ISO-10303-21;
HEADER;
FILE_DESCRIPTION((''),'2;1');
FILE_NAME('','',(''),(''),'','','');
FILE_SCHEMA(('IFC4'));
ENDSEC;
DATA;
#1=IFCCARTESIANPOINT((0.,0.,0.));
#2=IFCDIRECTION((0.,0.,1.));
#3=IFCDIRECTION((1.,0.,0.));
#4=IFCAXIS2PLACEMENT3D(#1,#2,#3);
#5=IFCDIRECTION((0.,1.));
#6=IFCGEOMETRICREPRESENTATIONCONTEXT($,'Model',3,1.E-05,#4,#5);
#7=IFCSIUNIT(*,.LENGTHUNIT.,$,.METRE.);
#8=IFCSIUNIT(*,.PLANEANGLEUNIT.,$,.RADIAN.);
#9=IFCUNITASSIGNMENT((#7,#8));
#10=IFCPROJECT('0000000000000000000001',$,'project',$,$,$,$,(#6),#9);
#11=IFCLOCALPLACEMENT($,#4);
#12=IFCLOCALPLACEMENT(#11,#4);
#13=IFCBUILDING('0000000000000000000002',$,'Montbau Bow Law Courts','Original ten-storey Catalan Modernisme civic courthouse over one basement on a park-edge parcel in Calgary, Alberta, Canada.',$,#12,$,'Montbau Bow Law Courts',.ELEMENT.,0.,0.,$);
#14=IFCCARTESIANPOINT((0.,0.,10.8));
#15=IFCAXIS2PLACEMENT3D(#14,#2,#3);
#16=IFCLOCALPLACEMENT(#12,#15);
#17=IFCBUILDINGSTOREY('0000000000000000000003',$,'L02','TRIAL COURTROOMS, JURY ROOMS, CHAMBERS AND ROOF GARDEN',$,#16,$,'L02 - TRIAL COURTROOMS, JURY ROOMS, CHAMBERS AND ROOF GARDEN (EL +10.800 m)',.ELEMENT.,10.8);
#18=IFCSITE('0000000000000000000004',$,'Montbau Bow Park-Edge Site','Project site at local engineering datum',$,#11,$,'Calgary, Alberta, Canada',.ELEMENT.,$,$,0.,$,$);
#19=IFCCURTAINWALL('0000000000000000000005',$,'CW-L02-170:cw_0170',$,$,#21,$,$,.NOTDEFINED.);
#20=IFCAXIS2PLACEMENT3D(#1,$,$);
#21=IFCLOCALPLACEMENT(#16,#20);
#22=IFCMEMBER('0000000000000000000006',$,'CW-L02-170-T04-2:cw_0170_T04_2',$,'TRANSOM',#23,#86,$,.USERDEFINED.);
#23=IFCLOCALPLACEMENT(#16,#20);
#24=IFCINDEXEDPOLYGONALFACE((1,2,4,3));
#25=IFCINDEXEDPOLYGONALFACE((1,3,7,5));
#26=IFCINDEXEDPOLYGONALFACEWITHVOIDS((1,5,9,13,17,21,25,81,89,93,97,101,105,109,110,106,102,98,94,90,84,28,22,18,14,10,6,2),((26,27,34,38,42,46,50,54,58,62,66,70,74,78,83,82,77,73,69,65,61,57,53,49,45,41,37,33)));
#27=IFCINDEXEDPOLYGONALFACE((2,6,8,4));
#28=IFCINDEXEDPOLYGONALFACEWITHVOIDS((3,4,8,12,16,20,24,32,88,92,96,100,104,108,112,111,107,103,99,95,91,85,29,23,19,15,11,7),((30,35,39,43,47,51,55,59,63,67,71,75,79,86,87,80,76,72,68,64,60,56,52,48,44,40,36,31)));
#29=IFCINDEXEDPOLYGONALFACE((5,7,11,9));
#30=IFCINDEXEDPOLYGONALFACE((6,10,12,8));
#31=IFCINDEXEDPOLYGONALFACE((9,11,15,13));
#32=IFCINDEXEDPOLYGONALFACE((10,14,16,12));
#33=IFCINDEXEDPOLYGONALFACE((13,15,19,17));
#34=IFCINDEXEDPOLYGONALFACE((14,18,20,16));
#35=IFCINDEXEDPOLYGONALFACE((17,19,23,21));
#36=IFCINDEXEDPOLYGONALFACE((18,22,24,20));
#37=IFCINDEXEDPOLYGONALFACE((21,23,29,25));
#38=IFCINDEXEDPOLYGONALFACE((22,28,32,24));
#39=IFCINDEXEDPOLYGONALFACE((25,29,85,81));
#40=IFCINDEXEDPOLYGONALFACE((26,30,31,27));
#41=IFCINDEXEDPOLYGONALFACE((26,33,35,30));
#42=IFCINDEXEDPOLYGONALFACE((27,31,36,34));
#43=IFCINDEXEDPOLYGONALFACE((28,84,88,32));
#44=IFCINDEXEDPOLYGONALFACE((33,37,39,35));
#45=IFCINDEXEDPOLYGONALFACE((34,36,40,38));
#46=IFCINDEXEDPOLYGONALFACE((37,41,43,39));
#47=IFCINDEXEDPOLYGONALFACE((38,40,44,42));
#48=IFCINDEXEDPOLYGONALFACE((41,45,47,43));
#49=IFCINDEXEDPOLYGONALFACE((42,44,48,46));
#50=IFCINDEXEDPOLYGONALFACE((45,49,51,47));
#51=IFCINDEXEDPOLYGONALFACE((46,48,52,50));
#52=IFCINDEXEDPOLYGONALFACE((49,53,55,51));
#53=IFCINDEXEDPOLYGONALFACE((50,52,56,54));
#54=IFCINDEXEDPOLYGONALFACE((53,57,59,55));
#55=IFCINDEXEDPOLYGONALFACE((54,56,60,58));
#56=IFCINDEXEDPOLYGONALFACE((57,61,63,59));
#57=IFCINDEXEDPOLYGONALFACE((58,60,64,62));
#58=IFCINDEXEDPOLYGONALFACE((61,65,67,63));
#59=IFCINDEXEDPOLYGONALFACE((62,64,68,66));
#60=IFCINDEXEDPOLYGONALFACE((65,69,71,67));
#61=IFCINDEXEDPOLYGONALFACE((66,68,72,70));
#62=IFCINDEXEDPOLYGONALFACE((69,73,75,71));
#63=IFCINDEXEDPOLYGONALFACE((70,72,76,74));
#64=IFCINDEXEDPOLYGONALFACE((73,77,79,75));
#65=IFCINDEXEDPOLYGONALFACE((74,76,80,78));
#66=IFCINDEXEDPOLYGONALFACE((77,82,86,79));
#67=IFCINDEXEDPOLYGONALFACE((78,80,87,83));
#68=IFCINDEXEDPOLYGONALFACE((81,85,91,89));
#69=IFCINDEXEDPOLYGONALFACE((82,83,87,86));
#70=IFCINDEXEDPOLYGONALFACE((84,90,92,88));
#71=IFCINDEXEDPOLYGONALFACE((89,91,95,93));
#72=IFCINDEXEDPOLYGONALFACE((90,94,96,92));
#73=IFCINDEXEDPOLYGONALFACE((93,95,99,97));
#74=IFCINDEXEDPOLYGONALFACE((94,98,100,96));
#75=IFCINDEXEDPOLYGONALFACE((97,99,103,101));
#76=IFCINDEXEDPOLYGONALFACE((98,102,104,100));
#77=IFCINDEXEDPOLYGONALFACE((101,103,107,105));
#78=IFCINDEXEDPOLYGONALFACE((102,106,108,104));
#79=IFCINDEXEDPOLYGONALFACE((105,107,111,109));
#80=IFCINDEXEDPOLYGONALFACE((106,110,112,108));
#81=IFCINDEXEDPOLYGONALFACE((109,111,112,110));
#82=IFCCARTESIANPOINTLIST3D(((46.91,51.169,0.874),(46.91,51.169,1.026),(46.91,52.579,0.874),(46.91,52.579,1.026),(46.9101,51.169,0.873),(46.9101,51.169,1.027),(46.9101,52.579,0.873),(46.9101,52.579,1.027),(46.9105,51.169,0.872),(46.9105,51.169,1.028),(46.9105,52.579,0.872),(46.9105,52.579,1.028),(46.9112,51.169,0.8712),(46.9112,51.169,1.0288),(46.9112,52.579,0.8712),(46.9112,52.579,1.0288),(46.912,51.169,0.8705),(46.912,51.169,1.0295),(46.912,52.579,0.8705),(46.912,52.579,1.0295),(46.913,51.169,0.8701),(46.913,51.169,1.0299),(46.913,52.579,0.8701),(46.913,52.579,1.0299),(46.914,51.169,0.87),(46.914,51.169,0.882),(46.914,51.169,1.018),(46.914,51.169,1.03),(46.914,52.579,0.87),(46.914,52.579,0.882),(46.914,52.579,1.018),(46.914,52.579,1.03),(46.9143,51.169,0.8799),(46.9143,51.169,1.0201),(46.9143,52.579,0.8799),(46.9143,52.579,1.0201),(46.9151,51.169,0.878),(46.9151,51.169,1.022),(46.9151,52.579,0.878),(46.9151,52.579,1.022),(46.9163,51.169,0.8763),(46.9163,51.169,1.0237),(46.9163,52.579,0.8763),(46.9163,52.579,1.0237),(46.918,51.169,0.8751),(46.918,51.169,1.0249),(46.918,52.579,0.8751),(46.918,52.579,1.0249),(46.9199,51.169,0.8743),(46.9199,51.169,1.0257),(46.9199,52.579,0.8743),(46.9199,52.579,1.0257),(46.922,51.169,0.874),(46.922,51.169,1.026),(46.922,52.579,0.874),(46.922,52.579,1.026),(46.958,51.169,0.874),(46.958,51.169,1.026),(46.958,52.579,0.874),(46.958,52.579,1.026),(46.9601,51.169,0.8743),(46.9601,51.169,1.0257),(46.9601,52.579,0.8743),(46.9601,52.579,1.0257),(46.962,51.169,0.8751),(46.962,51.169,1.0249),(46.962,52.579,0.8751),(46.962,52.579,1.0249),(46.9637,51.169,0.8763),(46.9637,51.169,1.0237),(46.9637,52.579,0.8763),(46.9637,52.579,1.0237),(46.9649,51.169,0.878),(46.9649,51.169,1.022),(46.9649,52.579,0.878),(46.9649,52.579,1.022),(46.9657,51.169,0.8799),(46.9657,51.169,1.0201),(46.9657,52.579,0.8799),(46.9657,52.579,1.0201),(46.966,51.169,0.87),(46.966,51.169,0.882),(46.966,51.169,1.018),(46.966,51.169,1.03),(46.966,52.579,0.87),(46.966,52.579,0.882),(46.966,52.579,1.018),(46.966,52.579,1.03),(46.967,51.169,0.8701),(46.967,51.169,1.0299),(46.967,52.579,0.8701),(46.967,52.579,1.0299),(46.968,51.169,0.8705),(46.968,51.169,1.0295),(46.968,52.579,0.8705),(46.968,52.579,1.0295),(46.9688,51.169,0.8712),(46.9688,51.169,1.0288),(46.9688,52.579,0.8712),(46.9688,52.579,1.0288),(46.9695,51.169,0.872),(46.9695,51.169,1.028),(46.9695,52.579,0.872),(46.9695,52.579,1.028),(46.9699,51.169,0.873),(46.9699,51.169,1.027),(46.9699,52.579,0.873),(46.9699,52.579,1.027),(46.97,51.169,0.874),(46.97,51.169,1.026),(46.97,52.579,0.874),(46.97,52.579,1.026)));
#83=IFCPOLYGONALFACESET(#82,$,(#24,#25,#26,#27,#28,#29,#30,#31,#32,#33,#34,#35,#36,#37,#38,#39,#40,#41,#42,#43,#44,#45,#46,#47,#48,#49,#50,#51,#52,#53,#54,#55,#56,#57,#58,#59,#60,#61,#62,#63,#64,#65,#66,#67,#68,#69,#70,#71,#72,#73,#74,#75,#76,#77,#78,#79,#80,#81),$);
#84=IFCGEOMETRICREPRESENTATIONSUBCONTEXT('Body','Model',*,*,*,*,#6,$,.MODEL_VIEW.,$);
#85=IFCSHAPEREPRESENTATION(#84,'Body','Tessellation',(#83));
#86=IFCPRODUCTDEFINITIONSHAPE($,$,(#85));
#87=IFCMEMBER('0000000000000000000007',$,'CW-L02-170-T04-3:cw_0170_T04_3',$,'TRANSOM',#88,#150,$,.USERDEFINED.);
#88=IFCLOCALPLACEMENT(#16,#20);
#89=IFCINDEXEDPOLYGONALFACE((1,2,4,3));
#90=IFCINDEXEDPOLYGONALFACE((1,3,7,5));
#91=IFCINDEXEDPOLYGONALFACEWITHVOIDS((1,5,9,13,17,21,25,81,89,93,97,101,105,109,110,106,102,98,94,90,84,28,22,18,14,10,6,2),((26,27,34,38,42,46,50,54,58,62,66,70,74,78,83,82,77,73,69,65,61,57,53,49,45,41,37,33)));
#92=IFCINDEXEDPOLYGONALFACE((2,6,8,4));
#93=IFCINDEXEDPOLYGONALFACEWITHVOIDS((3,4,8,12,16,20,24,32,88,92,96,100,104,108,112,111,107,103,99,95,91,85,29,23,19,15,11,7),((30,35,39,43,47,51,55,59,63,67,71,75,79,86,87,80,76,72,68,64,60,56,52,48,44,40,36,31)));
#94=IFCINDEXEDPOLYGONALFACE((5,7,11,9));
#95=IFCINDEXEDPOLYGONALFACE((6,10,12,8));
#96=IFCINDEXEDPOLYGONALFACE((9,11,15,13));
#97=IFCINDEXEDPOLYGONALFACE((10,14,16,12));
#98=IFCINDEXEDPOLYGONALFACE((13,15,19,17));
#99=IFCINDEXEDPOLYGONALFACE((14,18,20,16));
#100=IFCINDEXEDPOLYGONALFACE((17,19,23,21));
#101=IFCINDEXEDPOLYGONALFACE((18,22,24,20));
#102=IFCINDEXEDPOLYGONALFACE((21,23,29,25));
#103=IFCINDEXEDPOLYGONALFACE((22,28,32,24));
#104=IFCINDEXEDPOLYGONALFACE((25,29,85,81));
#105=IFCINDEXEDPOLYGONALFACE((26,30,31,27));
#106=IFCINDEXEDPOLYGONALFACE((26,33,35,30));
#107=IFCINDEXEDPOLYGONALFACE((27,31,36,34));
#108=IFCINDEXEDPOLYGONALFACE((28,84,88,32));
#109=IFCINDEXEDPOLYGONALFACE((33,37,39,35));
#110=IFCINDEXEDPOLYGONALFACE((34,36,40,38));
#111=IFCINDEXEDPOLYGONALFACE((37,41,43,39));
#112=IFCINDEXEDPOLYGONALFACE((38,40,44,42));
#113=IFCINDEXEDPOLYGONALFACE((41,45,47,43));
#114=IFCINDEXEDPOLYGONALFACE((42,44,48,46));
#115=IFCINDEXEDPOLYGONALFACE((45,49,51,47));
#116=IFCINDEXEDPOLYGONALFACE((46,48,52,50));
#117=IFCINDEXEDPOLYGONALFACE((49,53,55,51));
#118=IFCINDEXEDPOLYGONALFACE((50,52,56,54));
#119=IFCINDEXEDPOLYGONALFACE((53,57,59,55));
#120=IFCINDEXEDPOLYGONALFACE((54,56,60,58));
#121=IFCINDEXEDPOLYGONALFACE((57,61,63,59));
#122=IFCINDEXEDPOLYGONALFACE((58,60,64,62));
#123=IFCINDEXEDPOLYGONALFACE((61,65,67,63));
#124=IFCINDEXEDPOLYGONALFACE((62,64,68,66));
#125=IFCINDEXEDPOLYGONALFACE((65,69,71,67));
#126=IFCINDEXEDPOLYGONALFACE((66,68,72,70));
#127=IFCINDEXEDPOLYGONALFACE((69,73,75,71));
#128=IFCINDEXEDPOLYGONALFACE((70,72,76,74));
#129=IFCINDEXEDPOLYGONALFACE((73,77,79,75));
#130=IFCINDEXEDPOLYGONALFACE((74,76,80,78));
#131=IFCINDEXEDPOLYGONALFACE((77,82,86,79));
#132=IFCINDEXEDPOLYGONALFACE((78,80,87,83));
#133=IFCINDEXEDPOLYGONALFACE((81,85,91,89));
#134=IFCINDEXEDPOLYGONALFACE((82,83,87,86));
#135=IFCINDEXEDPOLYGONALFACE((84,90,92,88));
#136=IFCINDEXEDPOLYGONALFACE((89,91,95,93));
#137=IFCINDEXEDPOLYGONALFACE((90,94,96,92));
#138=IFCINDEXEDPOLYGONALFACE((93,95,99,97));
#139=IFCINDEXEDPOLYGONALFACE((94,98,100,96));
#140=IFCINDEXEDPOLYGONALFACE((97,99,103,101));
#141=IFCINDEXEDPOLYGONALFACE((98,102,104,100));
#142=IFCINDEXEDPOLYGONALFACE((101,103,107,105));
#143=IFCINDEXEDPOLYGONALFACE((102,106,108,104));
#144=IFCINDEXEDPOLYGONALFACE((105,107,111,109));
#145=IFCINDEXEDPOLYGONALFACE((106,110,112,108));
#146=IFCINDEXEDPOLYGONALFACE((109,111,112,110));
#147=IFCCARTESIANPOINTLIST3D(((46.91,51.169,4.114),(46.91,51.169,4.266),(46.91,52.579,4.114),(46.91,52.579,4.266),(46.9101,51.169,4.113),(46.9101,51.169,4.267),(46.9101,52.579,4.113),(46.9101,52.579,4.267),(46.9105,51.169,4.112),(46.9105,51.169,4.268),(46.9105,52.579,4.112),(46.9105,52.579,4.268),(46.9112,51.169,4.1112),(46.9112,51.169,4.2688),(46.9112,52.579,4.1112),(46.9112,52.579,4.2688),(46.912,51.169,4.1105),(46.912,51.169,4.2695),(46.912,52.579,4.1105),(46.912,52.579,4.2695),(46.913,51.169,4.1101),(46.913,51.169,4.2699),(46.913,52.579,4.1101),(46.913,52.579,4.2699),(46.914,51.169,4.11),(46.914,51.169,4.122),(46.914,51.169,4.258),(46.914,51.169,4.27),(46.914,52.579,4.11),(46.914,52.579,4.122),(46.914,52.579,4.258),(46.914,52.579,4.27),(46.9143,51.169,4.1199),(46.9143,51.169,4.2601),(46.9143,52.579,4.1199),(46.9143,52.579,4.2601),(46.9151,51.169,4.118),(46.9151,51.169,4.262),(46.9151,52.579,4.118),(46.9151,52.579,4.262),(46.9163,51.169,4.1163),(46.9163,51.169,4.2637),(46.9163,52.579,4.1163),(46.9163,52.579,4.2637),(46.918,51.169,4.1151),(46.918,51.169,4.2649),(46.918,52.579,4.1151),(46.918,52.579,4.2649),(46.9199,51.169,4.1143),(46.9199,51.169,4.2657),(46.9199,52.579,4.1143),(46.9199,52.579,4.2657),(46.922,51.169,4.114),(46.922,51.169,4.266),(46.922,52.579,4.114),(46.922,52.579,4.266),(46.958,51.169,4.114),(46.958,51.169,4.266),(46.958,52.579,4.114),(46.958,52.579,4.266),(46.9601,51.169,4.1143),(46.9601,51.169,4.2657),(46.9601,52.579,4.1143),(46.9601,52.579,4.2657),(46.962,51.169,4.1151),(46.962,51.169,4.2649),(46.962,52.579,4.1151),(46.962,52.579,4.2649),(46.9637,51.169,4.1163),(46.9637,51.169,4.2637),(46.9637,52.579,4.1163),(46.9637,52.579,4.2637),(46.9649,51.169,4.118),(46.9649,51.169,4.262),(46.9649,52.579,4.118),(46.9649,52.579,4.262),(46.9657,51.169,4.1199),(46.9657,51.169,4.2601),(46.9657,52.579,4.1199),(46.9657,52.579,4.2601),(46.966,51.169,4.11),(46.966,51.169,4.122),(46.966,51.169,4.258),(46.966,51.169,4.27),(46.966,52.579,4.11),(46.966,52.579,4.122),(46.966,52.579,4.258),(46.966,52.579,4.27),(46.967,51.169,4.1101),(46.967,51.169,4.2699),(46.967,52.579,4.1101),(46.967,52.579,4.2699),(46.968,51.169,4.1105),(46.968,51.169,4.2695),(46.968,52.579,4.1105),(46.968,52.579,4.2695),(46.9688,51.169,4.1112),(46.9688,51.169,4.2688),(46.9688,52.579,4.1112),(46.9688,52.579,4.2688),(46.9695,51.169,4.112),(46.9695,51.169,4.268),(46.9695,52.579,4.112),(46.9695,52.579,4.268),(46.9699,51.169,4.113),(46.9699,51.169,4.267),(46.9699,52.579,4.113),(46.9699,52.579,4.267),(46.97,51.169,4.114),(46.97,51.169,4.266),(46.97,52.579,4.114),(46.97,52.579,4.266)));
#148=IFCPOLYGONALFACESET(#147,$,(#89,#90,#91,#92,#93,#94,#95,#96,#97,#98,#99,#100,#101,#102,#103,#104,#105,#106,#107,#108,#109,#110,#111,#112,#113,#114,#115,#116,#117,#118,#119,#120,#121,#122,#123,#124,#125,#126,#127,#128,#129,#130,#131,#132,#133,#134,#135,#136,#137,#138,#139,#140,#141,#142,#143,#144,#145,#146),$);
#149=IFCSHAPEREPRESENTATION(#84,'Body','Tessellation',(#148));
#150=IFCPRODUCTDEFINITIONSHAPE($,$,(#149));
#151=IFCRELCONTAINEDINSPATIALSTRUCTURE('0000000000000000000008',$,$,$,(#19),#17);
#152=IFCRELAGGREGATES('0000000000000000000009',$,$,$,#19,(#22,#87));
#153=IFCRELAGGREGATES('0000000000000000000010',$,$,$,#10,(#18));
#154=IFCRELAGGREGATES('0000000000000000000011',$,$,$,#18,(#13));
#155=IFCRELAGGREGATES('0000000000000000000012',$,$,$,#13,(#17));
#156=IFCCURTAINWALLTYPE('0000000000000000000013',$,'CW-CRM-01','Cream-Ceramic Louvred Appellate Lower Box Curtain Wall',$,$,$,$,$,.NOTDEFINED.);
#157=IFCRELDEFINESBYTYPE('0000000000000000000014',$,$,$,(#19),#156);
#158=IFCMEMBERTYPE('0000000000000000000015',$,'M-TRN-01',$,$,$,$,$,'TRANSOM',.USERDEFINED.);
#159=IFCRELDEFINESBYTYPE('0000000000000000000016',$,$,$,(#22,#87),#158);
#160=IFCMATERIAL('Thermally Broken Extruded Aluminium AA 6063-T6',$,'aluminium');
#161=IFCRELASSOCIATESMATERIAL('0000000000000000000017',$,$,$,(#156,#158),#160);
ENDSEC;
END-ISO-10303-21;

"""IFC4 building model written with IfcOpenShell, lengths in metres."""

from ifc_helpers import new_model, si_unit, direction, frame, origin_with_axes, origin_2d_with_axis, place, context, subcontext, project, spatial, hollow_rectangle, extrude, material, material_profile, profile_set, type_object, element, aggregate, save


model = new_model("IFC4")

# Units and contexts
model_context = context("Model", 3, precision=1e-05, world=origin_with_axes(), true_north=direction((0.0, 1.0)))
body_context = subcontext(model_context, "Body", "Model", "MODEL_VIEW")
ifc_project = project(units=[si_unit("LENGTHUNIT", "METRE"), si_unit("PLANEANGLEUNIT", "RADIAN")], contexts=[model_context])

# Site, building, storey
site_placement = place(None, origin_with_axes())
site = spatial("IfcSite", under=ifc_project, at=site_placement, Name="Montbau Bow Park-Edge Site", Description="Project site at local engineering datum", LongName="Calgary, Alberta, Canada", CompositionType="ELEMENT", RefElevation=0.0)
building_placement = place(site_placement, origin_with_axes())
building = spatial("IfcBuilding", under=site, at=building_placement, Name="Montbau Bow Law Courts", Description="Original ten-storey Catalan Modernisme civic courthouse over one basement on a park-edge parcel in Calgary, Alberta, Canada.", LongName="Montbau Bow Law Courts", CompositionType="ELEMENT", ElevationOfRefHeight=0.0, ElevationOfTerrain=0.0)
storey_placement = place(building_placement, frame((0.0, 0.0, 10.8), z_axis=(0.0, 0.0, 1.0), x_axis=(1.0, 0.0, 0.0)))
storey = spatial("IfcBuildingStorey", under=building, at=storey_placement, Name="L02", Description="TRIAL COURTROOMS, JURY ROOMS, CHAMBERS AND ROOF GARDEN", LongName="L02 - TRIAL COURTROOMS, JURY ROOMS, CHAMBERS AND ROOF GARDEN (EL +10.800 m)", CompositionType="ELEMENT", Elevation=10.8)

# Curtain wall, members
ifc_material_1 = material(Name="Thermally Broken Extruded Aluminium AA 6063-T6", Category="aluminium")
curtain_wall_type = type_object("IfcCurtainWallType", Name="CW-CRM-01", Description="Cream-Ceramic Louvred Appellate Lower Box Curtain Wall", PredefinedType="NOTDEFINED", material=ifc_material_1)
curtain_wall_placement = place(None, frame((46.94, 46.715, 10.8), z_axis=(0.0, 0.0, 1.0), x_axis=(1.0, 0.0, 0.0)))
curtain_wall = element("IfcCurtainWall", 1, at=curtain_wall_placement, inside=storey, type_object=curtain_wall_type, Name="CW-L02-170:cw_0170", PredefinedType="NOTDEFINED")
ifc_material_profile_1 = material_profile(ifc_material_1, hollow_rectangle(XDim=0.06, YDim=0.16, WallThickness=0.004, InnerFilletRadius=0.008, OuterFilletRadius=0.004, at=origin_2d_with_axis()), Name="CWT-160X60", Category="Main", Priority=0)
ifc_profile_set_1 = profile_set([ifc_material_profile_1], Name="Thermally Broken Extruded Aluminium AA 6063-T6")
member_type_1 = type_object("IfcMemberType", Name="M-TRN-01", ElementType="TRANSOM", PredefinedType="USERDEFINED", material=ifc_profile_set_1)
member_1_placement = place(None, frame((46.94, 51.169, 11.75), z_axis=(0.0, 1.0, 0.0), x_axis=(-1.0, 0.0, 0.0)))
member_1 = element("IfcMember", 2, at=member_1_placement, type_object=member_type_1, Name="CW-L02-170-T04-2:cw_0170_T04_2", ObjectType="TRANSOM", PredefinedType="USERDEFINED", context=body_context, shape_type="SweptSolid", body=[
    extrude(hollow_rectangle(XDim=0.06, YDim=0.16, WallThickness=0.004, InnerFilletRadius=0.008, OuterFilletRadius=0.004, at=origin_2d_with_axis()), origin_with_axes(), (0.0, 0.0, 1.0), 1.41),
])
member_2_placement = place(None, frame((46.94, 51.169, 14.99), z_axis=(0.0, 1.0, 0.0), x_axis=(-1.0, 0.0, 0.0)))
member_2 = element("IfcMember", 3, at=member_2_placement, type_object=member_type_1, Name="CW-L02-170-T04-3:cw_0170_T04_3", ObjectType="TRANSOM", PredefinedType="USERDEFINED", context=body_context, shape_type="SweptSolid", body=[
    extrude(hollow_rectangle(XDim=0.06, YDim=0.16, WallThickness=0.004, InnerFilletRadius=0.008, OuterFilletRadius=0.004, at=origin_2d_with_axis()), origin_with_axes(), (0.0, 0.0, 1.0), 1.41),
])
aggregate(curtain_wall, [member_1, member_2])

save(model, "model.ifc")
